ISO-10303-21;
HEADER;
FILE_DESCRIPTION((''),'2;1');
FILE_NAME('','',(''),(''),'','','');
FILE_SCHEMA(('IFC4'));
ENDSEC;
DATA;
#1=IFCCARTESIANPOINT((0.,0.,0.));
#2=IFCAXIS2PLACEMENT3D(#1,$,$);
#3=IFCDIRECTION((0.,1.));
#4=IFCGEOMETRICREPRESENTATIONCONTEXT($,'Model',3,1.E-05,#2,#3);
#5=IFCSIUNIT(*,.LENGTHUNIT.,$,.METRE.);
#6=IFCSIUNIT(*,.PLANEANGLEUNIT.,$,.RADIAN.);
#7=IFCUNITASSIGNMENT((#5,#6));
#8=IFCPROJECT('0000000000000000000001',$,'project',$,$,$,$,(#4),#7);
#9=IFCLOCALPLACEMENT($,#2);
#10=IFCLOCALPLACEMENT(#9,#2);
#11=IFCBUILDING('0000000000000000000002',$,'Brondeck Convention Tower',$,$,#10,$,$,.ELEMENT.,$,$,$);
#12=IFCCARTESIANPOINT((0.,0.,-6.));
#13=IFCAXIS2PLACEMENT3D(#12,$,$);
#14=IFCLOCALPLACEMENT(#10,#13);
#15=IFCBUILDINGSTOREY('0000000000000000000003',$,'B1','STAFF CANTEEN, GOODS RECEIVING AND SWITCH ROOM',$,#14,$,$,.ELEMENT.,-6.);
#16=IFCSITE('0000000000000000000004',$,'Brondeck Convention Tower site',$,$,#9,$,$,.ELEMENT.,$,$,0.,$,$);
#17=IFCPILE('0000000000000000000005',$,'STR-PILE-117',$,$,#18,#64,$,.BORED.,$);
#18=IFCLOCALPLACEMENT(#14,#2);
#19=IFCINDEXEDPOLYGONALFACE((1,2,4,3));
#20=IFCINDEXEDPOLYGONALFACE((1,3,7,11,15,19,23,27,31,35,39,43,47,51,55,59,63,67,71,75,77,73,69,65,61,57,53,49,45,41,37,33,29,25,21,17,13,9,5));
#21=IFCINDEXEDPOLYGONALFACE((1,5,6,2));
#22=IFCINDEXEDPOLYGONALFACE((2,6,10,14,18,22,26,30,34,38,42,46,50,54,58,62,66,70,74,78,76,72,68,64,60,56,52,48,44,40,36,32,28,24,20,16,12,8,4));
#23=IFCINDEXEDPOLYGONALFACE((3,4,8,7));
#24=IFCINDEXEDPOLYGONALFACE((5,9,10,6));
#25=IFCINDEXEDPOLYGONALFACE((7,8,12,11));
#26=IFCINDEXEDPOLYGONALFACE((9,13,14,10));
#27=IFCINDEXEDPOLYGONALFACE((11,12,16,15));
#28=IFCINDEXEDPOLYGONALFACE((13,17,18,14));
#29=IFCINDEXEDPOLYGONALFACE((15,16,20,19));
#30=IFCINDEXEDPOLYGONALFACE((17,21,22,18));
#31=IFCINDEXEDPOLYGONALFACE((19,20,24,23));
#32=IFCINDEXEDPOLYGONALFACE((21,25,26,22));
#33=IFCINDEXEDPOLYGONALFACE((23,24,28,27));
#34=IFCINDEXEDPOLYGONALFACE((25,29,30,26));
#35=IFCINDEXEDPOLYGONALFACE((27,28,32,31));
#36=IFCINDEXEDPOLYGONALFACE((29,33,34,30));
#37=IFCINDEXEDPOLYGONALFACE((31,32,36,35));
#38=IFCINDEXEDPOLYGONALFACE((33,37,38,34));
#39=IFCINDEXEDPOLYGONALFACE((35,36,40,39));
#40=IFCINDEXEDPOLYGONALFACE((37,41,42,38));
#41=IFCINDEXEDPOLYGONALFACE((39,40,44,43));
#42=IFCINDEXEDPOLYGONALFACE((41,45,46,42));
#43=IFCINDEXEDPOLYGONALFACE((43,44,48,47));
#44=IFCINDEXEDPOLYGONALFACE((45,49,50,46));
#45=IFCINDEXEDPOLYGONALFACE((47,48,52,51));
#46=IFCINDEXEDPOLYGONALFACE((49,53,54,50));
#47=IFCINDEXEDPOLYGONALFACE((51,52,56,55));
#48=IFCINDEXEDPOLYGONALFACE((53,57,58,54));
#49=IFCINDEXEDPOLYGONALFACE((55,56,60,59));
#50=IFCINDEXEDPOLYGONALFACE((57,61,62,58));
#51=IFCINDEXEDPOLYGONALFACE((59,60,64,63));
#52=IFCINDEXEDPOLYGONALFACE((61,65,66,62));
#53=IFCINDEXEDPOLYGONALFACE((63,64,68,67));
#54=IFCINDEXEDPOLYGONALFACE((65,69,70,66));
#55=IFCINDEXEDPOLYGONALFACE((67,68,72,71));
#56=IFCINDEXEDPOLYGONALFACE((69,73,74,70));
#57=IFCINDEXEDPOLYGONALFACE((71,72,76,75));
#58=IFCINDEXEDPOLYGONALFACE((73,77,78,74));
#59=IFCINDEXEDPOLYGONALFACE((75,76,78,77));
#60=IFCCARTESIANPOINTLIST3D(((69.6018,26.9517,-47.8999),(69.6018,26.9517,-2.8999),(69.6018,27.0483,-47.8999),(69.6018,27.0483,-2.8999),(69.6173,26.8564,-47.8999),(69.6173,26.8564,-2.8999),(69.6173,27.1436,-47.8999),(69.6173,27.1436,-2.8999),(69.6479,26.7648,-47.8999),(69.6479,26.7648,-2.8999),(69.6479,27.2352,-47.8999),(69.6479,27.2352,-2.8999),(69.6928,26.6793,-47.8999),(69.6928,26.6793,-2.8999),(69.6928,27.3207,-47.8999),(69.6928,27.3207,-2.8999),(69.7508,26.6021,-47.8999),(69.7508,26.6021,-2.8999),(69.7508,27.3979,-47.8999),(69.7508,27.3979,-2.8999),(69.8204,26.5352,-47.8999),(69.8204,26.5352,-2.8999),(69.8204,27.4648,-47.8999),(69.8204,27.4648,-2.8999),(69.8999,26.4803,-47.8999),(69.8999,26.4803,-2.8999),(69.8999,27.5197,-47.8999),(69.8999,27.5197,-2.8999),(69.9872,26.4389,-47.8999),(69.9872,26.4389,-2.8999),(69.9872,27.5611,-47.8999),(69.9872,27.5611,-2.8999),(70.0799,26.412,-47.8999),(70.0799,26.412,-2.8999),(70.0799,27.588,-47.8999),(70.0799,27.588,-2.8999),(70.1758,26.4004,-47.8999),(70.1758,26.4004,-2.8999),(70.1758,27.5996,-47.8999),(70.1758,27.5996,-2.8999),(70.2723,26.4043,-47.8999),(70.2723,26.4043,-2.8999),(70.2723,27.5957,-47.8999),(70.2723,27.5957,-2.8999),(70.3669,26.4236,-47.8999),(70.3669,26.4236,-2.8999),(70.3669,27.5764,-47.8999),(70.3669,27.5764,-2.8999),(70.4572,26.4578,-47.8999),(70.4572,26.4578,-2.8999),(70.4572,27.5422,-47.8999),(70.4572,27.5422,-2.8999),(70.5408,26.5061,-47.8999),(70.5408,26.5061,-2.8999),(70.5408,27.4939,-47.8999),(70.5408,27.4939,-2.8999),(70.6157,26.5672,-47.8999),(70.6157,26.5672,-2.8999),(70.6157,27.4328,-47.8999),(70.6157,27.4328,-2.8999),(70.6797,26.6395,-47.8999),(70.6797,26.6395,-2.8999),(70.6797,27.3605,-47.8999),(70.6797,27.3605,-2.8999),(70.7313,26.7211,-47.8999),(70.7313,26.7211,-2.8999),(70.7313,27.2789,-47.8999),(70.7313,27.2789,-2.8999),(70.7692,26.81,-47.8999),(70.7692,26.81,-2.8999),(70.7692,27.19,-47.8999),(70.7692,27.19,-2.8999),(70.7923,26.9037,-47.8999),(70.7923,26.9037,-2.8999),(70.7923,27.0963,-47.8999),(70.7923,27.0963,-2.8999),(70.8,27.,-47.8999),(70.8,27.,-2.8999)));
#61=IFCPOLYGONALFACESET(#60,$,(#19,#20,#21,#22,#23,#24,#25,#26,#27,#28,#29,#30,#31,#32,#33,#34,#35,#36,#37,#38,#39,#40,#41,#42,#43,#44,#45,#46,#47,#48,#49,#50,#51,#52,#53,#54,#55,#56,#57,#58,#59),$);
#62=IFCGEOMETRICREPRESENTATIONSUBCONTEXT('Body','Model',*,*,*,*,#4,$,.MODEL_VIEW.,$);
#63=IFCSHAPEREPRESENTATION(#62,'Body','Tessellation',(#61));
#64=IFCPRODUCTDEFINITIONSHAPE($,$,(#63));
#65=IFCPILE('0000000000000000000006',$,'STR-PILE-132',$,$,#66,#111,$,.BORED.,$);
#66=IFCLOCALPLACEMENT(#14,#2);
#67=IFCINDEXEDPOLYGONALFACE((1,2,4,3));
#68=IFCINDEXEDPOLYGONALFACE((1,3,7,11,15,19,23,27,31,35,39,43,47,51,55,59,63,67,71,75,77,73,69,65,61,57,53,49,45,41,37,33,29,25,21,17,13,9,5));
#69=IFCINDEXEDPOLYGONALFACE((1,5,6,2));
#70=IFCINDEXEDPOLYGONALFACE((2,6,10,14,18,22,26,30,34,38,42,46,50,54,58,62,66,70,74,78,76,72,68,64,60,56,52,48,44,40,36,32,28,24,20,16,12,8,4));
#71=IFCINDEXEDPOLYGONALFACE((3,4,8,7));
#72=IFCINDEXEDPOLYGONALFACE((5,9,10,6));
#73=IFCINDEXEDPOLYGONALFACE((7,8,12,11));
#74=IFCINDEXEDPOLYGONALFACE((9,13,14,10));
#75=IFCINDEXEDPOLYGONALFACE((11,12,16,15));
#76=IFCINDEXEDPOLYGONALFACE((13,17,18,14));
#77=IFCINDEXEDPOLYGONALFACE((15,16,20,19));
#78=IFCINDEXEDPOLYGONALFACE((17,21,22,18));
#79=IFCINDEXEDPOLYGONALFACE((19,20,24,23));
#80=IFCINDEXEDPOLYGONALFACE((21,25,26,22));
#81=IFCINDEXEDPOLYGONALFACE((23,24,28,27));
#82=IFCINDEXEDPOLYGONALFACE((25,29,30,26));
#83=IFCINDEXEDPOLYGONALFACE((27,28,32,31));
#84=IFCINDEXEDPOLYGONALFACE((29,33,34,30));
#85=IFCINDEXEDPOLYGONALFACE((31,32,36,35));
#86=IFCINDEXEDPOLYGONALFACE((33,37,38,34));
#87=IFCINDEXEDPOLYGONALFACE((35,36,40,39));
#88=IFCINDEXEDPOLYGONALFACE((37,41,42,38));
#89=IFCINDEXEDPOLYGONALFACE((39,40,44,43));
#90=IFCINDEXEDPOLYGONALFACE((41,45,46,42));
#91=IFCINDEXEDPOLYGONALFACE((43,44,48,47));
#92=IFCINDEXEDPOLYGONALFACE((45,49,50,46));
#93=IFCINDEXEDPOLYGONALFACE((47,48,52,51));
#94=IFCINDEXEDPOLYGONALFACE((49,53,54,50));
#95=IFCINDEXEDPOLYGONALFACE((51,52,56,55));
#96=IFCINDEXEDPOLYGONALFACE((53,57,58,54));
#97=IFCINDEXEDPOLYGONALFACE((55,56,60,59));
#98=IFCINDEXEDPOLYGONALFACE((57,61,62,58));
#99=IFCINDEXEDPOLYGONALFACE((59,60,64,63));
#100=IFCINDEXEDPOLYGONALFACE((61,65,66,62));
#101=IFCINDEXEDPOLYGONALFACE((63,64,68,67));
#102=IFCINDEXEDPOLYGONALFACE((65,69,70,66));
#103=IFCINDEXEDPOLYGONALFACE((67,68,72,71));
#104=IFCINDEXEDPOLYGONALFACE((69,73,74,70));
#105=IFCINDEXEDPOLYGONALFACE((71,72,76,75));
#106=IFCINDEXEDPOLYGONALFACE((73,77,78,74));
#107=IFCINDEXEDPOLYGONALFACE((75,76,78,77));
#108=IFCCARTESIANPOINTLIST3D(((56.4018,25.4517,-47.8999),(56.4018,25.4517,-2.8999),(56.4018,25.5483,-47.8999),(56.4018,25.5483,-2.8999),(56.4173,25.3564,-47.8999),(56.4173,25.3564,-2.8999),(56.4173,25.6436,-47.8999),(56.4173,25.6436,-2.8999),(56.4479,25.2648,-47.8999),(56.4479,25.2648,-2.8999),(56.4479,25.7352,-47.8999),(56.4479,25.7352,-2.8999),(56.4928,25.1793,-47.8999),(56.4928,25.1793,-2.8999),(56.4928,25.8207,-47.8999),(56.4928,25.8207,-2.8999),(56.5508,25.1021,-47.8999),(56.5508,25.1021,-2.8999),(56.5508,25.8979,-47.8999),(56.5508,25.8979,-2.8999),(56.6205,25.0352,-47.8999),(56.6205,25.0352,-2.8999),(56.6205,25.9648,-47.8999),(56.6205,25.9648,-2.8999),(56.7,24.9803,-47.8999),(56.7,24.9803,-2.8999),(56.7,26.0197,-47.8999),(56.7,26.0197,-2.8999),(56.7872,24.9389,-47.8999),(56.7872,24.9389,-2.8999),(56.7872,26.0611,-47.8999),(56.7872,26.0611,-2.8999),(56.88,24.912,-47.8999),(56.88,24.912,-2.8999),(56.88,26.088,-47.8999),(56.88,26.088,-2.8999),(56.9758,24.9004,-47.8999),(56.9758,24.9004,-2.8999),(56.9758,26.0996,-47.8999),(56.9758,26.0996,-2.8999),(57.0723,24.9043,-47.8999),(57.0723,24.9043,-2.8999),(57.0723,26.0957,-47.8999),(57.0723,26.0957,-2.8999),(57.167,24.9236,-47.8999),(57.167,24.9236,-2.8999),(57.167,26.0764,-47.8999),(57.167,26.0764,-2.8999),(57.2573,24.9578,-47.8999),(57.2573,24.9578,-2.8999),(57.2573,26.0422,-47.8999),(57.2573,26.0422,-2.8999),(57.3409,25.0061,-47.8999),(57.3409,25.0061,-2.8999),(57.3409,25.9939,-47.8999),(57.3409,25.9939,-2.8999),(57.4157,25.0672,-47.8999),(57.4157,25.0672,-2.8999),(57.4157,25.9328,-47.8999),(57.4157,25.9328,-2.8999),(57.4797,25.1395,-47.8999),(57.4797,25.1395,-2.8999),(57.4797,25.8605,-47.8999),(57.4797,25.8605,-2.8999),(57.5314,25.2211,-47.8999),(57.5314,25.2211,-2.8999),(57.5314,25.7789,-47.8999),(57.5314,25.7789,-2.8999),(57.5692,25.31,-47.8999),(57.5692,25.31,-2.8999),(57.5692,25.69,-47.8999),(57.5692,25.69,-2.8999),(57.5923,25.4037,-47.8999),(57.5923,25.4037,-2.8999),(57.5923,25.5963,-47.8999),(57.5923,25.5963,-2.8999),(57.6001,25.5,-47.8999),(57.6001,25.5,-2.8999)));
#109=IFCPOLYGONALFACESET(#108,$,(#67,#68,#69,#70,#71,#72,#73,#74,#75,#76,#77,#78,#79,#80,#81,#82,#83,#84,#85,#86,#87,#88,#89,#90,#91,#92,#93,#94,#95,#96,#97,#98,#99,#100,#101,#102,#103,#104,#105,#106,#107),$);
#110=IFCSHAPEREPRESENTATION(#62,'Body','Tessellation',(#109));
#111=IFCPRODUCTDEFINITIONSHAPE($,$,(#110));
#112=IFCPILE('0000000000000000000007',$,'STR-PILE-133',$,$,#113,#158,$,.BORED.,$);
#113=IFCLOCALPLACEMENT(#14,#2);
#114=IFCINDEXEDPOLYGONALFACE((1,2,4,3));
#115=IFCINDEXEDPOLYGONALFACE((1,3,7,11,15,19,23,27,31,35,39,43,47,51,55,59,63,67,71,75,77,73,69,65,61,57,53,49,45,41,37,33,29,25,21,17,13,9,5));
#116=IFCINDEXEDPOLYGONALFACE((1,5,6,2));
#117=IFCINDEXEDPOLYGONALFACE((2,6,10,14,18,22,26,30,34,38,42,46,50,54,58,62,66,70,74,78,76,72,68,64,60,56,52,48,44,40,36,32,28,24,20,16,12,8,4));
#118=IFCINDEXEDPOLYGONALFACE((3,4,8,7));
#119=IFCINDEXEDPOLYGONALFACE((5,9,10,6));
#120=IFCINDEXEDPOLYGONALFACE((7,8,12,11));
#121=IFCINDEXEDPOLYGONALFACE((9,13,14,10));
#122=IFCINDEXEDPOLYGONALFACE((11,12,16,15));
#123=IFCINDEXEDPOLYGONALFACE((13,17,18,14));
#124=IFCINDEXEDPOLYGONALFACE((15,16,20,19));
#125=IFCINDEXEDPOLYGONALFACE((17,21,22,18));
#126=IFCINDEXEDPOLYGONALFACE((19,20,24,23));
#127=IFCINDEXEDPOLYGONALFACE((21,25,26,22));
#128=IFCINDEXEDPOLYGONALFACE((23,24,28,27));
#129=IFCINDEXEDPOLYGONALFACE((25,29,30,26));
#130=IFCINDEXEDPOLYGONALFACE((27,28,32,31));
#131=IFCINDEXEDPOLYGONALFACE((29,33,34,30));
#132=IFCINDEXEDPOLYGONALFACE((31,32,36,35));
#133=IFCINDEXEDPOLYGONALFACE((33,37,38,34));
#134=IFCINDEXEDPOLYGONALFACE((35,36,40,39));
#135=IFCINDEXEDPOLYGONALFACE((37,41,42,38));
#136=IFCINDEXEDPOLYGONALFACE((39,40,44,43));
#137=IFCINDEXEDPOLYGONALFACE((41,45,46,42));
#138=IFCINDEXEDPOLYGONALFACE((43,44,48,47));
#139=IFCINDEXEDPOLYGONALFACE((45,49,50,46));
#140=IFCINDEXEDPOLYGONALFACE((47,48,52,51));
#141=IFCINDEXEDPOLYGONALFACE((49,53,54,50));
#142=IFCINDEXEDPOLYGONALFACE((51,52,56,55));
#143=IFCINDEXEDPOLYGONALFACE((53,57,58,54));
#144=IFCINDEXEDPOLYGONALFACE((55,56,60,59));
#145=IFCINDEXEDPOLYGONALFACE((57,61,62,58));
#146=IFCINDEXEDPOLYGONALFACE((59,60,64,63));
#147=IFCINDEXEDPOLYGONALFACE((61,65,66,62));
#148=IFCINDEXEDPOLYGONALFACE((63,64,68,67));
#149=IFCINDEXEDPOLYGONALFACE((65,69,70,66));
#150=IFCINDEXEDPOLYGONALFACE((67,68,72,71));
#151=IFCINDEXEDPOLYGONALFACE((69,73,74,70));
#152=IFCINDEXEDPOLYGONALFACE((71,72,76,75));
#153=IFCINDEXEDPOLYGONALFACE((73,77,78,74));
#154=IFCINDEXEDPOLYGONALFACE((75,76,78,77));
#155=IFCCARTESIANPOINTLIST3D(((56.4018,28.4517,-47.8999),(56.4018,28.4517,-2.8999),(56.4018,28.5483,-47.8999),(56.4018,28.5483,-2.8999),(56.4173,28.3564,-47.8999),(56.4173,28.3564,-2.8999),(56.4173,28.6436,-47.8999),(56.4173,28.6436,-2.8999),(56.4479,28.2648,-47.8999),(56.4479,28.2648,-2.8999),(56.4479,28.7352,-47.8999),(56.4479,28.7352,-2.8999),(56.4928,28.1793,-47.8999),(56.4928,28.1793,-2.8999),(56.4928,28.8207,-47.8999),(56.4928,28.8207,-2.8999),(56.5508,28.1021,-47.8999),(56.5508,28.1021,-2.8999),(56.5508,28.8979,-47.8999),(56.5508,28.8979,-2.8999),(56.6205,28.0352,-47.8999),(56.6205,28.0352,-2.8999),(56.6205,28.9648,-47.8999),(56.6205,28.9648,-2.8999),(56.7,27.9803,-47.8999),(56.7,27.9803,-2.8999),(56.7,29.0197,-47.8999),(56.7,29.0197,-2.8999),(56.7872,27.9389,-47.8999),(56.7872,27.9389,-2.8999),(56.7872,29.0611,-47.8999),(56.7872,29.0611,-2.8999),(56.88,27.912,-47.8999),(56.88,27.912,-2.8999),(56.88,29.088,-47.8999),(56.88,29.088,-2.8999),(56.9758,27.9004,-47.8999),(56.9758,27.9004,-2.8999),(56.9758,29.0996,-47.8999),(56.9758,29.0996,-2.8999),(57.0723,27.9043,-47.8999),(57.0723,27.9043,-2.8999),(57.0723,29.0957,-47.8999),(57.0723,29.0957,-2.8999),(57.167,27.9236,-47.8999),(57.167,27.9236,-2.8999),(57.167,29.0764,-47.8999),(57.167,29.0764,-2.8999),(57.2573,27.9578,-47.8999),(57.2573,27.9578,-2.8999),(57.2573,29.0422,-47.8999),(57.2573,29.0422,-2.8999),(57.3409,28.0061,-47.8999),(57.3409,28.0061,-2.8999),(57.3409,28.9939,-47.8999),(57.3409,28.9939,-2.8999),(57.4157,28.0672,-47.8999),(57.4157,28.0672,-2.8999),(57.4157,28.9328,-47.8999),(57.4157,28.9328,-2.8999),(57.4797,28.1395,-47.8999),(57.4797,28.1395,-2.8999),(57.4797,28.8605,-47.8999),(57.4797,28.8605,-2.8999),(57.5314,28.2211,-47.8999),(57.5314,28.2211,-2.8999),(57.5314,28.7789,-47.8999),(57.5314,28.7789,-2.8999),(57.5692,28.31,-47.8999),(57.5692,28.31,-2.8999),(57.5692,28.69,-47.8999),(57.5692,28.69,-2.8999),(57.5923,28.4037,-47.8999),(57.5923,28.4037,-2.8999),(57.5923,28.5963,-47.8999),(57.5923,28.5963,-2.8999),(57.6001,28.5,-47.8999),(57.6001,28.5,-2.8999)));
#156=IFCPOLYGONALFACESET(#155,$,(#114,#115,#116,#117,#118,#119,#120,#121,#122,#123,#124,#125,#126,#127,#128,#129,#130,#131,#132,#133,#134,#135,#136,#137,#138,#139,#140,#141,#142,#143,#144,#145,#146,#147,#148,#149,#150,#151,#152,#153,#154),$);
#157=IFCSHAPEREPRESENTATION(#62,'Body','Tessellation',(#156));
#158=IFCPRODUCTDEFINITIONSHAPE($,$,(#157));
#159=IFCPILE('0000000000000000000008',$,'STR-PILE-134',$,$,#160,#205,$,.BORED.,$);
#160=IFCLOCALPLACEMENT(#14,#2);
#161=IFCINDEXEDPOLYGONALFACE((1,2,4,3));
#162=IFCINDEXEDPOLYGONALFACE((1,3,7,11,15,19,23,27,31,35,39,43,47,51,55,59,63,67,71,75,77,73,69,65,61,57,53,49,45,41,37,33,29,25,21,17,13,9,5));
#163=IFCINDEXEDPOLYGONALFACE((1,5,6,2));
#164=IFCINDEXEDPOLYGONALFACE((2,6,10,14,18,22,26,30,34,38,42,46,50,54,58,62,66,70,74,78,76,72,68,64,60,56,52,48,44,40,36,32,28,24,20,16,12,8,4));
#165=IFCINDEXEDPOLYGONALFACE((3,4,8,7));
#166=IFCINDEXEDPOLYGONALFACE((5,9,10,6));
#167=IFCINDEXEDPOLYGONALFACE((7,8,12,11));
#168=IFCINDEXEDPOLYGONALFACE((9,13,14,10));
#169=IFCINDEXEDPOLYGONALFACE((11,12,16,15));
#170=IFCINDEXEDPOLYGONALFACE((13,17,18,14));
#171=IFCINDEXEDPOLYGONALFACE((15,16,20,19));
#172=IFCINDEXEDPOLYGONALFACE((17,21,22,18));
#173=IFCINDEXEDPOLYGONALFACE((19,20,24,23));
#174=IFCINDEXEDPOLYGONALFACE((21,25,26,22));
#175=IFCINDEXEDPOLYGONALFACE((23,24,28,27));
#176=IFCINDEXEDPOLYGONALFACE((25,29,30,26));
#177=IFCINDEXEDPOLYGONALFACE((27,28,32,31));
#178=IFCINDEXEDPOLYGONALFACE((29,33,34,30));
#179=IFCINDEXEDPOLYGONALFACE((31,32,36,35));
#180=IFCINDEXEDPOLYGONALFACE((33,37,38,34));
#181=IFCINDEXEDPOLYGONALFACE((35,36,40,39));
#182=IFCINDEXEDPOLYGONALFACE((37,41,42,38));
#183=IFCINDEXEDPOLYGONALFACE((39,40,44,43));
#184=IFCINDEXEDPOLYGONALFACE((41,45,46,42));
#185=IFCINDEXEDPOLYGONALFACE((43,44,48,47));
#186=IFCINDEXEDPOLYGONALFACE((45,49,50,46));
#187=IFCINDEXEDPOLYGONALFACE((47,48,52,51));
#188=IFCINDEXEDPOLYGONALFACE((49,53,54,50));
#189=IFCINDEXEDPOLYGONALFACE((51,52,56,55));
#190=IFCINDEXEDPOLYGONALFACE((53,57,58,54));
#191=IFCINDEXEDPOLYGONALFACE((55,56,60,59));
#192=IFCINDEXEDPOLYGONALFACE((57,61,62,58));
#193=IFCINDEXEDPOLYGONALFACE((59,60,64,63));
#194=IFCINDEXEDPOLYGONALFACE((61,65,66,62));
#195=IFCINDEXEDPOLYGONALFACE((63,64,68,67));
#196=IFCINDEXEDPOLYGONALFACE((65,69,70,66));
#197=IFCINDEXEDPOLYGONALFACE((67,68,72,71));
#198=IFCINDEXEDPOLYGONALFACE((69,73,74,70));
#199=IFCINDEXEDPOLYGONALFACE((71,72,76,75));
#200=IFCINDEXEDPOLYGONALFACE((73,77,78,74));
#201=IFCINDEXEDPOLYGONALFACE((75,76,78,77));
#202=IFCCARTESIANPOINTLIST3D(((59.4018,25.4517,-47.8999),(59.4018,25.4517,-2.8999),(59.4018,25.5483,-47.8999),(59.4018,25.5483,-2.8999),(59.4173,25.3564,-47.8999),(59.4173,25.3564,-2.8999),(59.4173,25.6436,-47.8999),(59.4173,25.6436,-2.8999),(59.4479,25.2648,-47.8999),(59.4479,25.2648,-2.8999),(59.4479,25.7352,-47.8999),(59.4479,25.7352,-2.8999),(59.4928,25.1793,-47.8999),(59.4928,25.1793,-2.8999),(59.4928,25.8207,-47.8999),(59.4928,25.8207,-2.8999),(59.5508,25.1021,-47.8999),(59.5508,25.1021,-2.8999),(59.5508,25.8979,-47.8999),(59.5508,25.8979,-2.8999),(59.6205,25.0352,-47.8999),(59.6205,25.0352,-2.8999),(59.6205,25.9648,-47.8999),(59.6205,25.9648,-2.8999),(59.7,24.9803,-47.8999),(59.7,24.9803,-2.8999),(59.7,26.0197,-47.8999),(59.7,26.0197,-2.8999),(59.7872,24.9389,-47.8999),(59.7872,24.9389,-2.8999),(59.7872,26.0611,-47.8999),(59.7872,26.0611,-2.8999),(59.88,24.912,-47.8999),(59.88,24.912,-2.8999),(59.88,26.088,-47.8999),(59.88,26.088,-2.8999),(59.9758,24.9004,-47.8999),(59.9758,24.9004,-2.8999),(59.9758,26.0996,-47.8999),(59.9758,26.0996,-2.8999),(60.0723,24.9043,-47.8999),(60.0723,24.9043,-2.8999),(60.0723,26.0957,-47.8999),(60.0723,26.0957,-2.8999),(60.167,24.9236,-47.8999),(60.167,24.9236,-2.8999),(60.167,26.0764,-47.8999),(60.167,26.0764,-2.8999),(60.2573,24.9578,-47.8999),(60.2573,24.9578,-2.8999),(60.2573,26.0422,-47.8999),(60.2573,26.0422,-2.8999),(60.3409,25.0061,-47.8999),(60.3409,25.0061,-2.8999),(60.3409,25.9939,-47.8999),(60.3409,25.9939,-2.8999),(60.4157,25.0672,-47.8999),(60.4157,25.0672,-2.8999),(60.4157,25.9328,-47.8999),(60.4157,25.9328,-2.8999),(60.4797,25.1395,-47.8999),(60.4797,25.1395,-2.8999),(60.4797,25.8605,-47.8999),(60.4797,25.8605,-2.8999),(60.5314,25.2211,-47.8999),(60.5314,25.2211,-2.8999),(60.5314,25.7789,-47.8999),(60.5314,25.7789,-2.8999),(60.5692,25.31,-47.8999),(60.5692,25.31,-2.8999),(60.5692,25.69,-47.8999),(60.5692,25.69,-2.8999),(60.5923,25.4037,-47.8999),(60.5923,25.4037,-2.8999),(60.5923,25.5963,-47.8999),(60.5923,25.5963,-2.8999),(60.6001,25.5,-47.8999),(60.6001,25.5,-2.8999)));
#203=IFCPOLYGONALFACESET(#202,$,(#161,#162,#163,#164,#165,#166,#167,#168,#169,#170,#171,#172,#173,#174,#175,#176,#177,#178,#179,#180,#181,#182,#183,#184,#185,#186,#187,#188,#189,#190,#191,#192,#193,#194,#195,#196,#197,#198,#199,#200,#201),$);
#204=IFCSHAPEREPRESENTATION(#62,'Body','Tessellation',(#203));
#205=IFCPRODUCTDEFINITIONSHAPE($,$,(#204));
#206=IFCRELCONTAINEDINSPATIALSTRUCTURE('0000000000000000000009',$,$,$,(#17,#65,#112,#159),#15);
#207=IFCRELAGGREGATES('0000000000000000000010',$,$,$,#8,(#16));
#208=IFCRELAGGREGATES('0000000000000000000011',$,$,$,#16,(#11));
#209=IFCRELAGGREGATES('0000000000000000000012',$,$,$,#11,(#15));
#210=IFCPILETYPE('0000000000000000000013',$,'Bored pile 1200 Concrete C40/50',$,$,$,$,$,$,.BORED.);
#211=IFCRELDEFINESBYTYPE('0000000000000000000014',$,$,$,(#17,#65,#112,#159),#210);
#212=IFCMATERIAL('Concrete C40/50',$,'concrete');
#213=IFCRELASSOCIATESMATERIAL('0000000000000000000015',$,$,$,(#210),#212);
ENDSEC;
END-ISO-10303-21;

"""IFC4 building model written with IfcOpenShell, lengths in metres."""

from ifc_helpers import new_model, si_unit, direction, frame, origin, origin_2d, place, context, subcontext, project, spatial, circle, extrude, material, material_profile, profile_set, type_object, element, save


model = new_model("IFC4")

# Units and contexts
model_context = context("Model", 3, precision=1e-05, world=origin(), true_north=direction((0.0, 1.0)))
body_context = subcontext(model_context, "Body", "Model", "MODEL_VIEW")
ifc_project = project(units=[si_unit("LENGTHUNIT", "METRE"), si_unit("PLANEANGLEUNIT", "RADIAN")], contexts=[model_context])

# Site, building, storey
site_placement = place(None, origin())
site = spatial("IfcSite", under=ifc_project, at=site_placement, Name="Brondeck Convention Tower site", CompositionType="ELEMENT", RefElevation=0.0)
building_placement = place(site_placement, origin())
building = spatial("IfcBuilding", under=site, at=building_placement, Name="Brondeck Convention Tower", CompositionType="ELEMENT")
storey_placement = place(building_placement, frame((0.0, 0.0, -6.0)))
storey = spatial("IfcBuildingStorey", under=building, at=storey_placement, Name="B1", Description="STAFF CANTEEN, GOODS RECEIVING AND SWITCH ROOM", CompositionType="ELEMENT", Elevation=-6.0)

# Piles
ifc_material_1 = material(Name="Concrete C40/50", Category="concrete")
ifc_material_profile_1 = material_profile(ifc_material_1, circle(Radius=0.6001, at=origin_2d()), Name="Bored pile 1200 Concrete C40/50")
ifc_profile_set_1 = profile_set([ifc_material_profile_1], Name="Concrete C40/50")
pile_type = type_object("IfcPileType", Name="Bored pile 1200 Concrete C40/50", PredefinedType="BORED", material=ifc_profile_set_1)
for number, where, z_axis, x_axis, name in (
    (1, (70.2, 27.0, -2.8999), (0.0, 0.0, -1.0), (1.0, 0.0, 0.0), "STR-PILE-117"),
    (2, (57.0, 25.5, -2.8999), (0.0, 0.0, -1.0), (1.0, 0.0, 0.0), "STR-PILE-132"),
    (3, (57.0, 28.5, -2.8999), (0.0, 0.0, -1.0), (1.0, 0.0, 0.0), "STR-PILE-133"),
    (4, (60.0, 25.5, -2.8999), (0.0, 0.0, -1.0), (1.0, 0.0, 0.0), "STR-PILE-134"),
):
    element("IfcPile", number, at=place(storey_placement, frame(where, z_axis=z_axis, x_axis=x_axis)), inside=storey, type_object=pile_type, Name=name, PredefinedType="BORED", context=body_context, shape_type="SweptSolid", body=[
        extrude(circle(Radius=0.6001, at=origin_2d()), origin(), (0.0, 0.0, 1.0), 45.0),
    ])

save(model, "model.ifc")
